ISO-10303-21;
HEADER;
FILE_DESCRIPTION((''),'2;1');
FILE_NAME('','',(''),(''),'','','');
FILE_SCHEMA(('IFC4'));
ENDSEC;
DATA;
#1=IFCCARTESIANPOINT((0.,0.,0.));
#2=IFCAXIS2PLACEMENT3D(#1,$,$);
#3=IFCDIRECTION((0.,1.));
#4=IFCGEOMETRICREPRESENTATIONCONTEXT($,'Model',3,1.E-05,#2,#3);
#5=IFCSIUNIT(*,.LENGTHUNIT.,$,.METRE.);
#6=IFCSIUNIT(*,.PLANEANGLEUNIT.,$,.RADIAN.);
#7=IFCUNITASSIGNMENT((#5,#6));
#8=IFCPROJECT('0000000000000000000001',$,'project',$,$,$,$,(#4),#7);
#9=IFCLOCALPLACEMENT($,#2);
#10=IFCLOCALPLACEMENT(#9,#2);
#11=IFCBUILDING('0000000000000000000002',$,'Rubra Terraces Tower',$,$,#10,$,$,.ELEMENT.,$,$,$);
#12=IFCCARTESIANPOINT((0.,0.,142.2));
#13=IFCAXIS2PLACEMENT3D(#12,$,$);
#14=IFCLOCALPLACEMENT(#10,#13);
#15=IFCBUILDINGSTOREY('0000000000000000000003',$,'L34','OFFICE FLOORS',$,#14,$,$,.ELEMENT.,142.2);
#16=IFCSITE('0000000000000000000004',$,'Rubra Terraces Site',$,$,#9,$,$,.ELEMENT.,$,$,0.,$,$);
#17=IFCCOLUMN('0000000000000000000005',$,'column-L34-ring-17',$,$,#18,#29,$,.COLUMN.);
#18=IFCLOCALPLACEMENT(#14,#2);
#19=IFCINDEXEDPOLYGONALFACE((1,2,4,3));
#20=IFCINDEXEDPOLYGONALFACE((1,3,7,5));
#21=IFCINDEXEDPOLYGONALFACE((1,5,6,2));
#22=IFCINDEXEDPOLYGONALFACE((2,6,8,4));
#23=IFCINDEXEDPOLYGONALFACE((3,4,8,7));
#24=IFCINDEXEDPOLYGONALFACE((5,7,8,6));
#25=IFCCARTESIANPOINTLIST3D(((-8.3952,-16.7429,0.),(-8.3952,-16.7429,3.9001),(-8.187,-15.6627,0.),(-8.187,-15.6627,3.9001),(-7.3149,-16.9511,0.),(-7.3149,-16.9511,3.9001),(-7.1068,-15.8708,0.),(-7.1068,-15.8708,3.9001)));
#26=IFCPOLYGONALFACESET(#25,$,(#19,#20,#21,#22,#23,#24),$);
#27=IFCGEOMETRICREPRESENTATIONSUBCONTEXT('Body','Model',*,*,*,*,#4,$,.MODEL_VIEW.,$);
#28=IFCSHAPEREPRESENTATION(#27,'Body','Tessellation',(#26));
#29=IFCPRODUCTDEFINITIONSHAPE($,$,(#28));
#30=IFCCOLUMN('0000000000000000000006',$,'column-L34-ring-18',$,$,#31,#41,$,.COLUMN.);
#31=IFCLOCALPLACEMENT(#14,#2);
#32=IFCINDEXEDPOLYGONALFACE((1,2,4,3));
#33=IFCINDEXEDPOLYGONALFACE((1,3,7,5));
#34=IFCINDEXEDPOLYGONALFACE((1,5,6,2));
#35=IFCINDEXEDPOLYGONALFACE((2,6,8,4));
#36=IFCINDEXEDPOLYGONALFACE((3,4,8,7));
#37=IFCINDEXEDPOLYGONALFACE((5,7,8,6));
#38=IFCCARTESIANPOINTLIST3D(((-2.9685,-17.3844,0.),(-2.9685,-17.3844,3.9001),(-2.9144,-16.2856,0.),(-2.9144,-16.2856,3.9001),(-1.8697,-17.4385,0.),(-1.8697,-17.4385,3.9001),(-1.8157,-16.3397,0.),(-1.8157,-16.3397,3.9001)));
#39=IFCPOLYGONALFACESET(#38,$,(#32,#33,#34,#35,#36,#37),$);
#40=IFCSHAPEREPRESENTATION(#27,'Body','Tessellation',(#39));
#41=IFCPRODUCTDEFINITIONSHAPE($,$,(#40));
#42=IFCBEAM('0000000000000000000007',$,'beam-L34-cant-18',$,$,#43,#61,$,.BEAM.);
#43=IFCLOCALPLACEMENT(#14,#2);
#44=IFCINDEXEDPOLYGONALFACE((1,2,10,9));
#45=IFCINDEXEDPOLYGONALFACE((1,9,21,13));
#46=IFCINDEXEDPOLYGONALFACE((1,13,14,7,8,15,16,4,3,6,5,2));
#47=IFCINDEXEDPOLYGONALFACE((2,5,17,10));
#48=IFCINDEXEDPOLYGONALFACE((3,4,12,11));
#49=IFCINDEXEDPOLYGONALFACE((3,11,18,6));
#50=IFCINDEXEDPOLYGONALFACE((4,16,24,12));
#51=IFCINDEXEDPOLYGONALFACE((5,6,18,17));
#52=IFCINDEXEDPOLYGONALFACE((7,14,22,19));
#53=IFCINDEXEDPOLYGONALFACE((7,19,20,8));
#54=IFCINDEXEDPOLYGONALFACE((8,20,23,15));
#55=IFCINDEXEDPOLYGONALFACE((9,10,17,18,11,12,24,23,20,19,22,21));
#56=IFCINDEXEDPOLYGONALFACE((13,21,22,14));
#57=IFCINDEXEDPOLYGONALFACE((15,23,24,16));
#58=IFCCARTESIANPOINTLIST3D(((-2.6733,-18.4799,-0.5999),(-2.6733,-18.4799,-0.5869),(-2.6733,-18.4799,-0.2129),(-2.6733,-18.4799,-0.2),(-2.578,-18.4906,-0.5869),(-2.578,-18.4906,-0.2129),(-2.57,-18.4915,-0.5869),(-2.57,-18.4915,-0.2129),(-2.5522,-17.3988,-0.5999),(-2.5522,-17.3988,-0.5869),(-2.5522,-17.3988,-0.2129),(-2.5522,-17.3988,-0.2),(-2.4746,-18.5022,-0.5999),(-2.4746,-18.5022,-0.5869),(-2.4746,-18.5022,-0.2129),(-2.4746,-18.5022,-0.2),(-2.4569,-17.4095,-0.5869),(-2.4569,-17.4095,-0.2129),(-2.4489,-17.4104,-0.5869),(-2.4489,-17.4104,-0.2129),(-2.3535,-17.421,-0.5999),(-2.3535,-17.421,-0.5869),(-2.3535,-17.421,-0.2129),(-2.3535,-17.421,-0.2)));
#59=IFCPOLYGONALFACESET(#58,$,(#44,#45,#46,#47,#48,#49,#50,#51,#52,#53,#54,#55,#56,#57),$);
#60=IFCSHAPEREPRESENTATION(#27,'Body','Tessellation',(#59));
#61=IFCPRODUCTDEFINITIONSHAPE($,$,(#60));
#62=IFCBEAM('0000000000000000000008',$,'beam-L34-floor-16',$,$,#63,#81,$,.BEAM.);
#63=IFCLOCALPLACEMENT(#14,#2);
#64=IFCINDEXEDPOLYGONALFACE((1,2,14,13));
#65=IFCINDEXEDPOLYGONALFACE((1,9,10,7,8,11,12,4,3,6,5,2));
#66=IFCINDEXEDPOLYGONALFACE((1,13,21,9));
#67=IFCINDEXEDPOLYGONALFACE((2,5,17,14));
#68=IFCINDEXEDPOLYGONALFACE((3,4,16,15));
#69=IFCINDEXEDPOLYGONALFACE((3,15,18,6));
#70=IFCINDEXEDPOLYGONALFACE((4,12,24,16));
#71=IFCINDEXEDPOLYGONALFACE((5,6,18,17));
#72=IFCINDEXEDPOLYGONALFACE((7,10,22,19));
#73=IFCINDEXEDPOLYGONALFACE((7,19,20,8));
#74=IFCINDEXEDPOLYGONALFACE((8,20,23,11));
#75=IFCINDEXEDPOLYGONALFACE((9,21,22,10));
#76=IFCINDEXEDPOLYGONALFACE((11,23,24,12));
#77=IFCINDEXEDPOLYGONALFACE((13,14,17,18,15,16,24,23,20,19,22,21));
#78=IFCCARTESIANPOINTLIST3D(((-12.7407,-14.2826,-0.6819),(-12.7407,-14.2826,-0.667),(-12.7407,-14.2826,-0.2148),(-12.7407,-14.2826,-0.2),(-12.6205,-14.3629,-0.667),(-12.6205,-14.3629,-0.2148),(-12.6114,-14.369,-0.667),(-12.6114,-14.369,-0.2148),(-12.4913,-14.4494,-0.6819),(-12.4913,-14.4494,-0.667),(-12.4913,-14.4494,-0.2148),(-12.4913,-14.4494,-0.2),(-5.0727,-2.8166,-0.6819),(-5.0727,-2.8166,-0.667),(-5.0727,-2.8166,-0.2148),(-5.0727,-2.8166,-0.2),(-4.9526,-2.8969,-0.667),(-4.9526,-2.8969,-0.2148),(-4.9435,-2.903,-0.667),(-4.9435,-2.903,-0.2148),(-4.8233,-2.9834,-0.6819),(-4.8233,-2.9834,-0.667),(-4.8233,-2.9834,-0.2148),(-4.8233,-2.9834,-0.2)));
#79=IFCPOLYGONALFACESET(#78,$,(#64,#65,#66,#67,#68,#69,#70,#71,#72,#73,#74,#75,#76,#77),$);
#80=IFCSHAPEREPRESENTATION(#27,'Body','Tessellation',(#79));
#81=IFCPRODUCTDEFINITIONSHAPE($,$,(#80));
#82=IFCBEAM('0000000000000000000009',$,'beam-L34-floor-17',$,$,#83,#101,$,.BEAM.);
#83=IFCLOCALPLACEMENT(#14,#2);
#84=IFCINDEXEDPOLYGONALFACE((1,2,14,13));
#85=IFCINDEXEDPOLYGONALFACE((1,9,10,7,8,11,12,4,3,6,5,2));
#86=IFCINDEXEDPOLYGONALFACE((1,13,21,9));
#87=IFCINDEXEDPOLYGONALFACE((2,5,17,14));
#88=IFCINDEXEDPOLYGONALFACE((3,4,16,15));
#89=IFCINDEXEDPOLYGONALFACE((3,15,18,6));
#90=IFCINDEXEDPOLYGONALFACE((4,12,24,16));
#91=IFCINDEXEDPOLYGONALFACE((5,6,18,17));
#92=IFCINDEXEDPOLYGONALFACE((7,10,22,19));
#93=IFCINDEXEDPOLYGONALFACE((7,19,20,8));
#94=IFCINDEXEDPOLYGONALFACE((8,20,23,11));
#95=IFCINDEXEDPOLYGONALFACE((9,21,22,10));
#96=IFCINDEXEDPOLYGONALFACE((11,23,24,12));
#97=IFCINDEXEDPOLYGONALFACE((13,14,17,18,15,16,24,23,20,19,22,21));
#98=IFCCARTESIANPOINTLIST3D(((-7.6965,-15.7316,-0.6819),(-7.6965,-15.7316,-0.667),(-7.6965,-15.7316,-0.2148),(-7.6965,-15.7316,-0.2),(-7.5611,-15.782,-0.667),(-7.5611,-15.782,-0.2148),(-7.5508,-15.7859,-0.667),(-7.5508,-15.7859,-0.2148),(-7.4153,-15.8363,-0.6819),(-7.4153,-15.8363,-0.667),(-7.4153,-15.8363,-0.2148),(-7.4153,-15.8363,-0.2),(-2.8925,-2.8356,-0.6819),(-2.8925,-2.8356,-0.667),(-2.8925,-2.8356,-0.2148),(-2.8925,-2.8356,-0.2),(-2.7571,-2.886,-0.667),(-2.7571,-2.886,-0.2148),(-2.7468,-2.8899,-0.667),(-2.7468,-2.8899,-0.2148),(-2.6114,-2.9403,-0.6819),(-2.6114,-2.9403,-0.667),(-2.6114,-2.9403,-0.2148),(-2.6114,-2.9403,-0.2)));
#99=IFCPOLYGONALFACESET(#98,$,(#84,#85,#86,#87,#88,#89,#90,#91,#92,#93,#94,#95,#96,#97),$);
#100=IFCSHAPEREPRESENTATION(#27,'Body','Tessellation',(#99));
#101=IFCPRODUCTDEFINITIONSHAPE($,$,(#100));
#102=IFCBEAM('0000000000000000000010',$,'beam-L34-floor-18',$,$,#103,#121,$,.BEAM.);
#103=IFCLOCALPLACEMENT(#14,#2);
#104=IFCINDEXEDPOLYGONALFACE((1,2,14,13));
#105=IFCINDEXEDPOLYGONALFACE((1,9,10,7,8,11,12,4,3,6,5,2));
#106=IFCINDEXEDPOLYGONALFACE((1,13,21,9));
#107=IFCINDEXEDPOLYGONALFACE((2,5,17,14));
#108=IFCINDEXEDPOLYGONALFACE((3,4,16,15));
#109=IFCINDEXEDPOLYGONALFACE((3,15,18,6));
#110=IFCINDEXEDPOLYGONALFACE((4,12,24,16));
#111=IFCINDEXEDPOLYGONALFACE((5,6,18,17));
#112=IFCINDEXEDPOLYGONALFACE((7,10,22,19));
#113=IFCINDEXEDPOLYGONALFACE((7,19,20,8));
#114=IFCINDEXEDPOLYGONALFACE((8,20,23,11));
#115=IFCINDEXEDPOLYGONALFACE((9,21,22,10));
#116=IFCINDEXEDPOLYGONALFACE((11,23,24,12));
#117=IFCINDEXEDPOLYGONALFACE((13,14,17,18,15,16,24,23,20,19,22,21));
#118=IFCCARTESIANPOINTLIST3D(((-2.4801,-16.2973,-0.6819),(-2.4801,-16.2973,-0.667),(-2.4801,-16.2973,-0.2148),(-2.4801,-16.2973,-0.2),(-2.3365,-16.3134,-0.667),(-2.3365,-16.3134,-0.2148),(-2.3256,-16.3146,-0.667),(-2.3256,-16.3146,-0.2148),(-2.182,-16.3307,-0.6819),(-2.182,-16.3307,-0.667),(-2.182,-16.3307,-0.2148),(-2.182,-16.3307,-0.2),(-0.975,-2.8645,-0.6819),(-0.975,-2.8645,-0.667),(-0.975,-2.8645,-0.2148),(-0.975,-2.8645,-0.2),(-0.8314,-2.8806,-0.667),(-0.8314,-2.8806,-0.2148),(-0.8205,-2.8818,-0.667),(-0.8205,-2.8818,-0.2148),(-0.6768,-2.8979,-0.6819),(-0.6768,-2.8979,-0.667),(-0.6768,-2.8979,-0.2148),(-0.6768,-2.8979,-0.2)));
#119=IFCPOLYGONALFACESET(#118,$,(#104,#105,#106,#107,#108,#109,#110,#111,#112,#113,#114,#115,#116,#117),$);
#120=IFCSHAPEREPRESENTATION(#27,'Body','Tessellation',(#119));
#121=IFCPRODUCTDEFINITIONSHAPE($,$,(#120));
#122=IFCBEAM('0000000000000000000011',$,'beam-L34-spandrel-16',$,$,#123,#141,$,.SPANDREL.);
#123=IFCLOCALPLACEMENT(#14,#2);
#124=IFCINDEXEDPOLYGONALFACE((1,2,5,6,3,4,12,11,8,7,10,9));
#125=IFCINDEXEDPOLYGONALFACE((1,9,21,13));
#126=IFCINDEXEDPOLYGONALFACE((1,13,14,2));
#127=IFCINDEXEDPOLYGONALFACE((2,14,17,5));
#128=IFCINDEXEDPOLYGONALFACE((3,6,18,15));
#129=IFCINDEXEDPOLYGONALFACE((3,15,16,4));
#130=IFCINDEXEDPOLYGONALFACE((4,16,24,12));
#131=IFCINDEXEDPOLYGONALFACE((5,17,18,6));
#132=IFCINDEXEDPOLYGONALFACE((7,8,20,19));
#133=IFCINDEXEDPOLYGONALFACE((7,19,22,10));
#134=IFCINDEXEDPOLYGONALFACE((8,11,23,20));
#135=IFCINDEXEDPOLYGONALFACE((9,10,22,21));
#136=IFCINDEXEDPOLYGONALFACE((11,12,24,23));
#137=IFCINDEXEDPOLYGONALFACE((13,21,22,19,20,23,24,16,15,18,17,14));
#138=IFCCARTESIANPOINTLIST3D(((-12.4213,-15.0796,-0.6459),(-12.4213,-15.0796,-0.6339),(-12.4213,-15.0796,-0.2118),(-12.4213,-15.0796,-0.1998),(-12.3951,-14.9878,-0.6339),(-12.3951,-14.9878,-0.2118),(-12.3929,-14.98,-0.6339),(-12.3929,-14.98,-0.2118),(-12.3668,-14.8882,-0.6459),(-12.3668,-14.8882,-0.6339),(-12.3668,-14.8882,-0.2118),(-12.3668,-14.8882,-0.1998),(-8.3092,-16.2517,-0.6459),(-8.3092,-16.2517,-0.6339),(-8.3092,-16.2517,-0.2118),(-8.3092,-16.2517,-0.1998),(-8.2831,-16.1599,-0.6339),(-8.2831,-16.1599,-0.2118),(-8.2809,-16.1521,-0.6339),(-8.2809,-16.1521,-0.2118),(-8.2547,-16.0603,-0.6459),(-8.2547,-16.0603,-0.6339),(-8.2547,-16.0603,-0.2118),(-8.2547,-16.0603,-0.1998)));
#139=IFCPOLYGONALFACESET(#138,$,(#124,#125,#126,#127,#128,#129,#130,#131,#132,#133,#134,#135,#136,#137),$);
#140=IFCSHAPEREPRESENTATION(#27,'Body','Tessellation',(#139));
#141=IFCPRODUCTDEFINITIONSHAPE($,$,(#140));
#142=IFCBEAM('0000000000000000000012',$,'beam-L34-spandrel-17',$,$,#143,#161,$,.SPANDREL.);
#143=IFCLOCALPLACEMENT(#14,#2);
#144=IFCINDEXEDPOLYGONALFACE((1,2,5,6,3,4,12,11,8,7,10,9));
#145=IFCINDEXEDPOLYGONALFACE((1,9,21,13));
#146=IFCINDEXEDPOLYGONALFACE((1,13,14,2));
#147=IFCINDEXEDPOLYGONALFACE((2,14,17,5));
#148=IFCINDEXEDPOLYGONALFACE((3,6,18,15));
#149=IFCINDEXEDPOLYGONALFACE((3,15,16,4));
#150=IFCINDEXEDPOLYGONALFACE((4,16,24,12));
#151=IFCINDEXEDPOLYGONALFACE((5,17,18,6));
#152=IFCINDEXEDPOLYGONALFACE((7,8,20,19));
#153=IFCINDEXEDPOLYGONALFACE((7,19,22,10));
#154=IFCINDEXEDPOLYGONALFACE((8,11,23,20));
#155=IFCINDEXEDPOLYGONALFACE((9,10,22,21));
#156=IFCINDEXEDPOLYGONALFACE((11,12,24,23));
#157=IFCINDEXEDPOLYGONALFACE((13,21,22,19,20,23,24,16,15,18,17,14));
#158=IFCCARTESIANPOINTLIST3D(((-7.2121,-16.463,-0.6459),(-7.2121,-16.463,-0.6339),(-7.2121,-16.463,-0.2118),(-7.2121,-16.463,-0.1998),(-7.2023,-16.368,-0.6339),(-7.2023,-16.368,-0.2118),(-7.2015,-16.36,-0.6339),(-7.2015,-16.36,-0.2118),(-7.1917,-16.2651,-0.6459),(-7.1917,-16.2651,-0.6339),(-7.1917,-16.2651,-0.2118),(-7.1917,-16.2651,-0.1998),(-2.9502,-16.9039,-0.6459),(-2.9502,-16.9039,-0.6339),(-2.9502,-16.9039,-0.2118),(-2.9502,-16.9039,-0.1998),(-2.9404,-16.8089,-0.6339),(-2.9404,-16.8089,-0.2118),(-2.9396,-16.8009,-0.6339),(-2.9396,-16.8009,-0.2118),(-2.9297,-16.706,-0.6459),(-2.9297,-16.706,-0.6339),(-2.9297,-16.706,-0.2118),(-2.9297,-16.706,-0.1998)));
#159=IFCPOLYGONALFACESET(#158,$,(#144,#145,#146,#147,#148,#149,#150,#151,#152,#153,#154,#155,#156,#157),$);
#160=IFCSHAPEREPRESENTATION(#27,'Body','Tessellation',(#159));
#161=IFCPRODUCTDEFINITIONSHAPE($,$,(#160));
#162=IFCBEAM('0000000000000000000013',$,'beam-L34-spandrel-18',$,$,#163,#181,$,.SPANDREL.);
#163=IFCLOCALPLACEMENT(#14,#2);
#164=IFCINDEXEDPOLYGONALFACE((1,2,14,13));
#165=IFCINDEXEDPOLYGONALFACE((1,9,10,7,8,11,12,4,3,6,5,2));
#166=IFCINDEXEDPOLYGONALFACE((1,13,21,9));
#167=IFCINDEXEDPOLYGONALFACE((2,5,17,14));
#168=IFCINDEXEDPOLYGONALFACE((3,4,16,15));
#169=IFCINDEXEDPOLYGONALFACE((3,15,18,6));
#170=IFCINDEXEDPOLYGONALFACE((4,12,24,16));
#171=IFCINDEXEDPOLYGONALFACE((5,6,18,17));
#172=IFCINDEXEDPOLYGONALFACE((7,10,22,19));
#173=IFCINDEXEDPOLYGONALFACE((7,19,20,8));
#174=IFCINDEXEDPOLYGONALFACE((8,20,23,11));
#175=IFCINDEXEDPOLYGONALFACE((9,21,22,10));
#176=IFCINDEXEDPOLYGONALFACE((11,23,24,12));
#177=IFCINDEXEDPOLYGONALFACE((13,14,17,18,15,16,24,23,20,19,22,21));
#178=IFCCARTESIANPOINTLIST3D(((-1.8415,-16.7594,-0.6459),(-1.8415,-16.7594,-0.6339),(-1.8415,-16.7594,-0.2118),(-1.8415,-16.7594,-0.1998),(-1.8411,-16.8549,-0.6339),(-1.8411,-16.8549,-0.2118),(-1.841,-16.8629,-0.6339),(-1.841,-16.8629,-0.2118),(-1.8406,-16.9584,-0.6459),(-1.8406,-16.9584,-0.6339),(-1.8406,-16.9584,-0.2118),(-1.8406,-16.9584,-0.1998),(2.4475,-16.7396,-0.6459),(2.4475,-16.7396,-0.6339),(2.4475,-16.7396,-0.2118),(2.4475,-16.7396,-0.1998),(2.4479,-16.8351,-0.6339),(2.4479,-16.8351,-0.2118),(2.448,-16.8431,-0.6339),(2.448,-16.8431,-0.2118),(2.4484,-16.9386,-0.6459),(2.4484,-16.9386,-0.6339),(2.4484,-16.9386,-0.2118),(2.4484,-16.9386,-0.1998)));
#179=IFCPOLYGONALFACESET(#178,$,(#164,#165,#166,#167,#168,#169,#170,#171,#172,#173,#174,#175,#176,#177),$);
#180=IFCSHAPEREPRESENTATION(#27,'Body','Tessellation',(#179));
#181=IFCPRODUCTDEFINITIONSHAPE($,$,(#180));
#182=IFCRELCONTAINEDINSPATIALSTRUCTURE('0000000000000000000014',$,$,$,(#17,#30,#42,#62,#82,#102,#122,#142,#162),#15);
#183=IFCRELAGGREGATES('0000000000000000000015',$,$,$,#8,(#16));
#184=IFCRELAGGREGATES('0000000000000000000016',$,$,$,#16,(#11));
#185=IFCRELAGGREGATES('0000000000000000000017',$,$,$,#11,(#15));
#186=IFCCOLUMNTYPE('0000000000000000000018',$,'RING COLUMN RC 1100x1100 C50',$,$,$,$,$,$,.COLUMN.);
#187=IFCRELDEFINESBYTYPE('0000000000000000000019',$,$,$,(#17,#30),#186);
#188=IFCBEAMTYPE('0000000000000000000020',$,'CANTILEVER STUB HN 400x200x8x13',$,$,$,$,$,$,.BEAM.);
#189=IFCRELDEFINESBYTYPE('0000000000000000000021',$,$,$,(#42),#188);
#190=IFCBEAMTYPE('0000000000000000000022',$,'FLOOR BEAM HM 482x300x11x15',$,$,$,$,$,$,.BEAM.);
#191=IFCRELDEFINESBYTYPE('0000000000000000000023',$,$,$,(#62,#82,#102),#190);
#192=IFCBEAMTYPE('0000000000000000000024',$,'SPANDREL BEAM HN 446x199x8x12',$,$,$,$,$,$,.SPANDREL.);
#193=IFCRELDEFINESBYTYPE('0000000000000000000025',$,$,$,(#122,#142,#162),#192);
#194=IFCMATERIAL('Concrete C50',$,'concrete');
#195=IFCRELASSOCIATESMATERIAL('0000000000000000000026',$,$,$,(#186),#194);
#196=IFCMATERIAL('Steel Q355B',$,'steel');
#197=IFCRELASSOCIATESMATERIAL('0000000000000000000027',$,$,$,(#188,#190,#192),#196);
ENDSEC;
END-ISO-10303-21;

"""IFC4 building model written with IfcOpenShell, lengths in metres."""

from ifc_helpers import new_model, si_unit, direction, frame, origin, origin_2d, place, context, subcontext, project, spatial, rectangle, i_section, extrude, material, material_profile, profile_set, type_object, element, save


model = new_model("IFC4")

# Units and contexts
model_context = context("Model", 3, precision=1e-05, world=origin(), true_north=direction((0.0, 1.0)))
body_context = subcontext(model_context, "Body", "Model", "MODEL_VIEW")
ifc_project = project(units=[si_unit("LENGTHUNIT", "METRE"), si_unit("PLANEANGLEUNIT", "RADIAN")], contexts=[model_context])

# Site, building, storey
site_placement = place(None, origin())
site = spatial("IfcSite", under=ifc_project, at=site_placement, Name="Rubra Terraces Site", CompositionType="ELEMENT", RefElevation=0.0)
building_placement = place(site_placement, origin())
building = spatial("IfcBuilding", under=site, at=building_placement, Name="Rubra Terraces Tower", CompositionType="ELEMENT")
storey_placement = place(building_placement, frame((0.0, 0.0, 142.2)))
storey = spatial("IfcBuildingStorey", under=building, at=storey_placement, Name="L34", Description="OFFICE FLOORS", CompositionType="ELEMENT", Elevation=142.2)

# Columns
ifc_material_1 = material(Name="Concrete C50", Category="concrete")
ifc_material_profile_1 = material_profile(ifc_material_1, rectangle(XDim=1.1001, YDim=1.1001, at=origin_2d()), Name="RC 1100x1100")
ifc_profile_set_1 = profile_set([ifc_material_profile_1], Name="Concrete C50")
column_type = type_object("IfcColumnType", Name="RING COLUMN RC 1100x1100 C50", PredefinedType="COLUMN", material=ifc_profile_set_1)
for number, where, z_axis, x_axis, name in (
    (1, (-7.751, -16.3069, 0.0), (0.0, 0.0, 1.0), (0.981937, -0.18921, 0.0), "column-L34-ring-17"),
    (2, (-2.3921, -16.8621, 0.0), (0.0, 0.0, 1.0), (0.998791, -0.04915, 0.0), "column-L34-ring-18"),
):
    element("IfcColumn", number, at=place(storey_placement, frame(where, z_axis=z_axis, x_axis=x_axis)), inside=storey, type_object=column_type, Name=name, PredefinedType="COLUMN", context=body_context, shape_type="SweptSolid", body=[
        extrude(rectangle(XDim=1.1001, YDim=1.1001, at=origin_2d()), origin(), (0.0, 0.0, 1.0), 3.9001),
    ])

# Beams
ifc_material_2 = material(Name="Steel Q355B", Category="steel")
ifc_material_profile_2 = material_profile(ifc_material_2, i_section(OverallWidth=0.2, OverallDepth=0.3999, WebThickness=0.0081, FlangeThickness=0.0129, at=origin_2d()), Name="HN 400x200x8x13")
ifc_profile_set_2 = profile_set([ifc_material_profile_2], Name="Steel Q355B")
beam_type_1 = type_object("IfcBeamType", Name="CANTILEVER STUB HN 400x200x8x13", PredefinedType="BEAM", material=ifc_profile_set_2)
beam_1_placement = place(storey_placement, frame((-2.4529, -17.4099, -0.3999), z_axis=(-0.111318, -0.993785, 0.0), x_axis=(0.993785, -0.111318, 0.0)))
element("IfcBeam", 3, at=beam_1_placement, inside=storey, type_object=beam_type_1, Name="beam-L34-cant-18", PredefinedType="BEAM", context=body_context, shape_type="SweptSolid", body=[
    extrude(i_section(OverallWidth=0.2, OverallDepth=0.3999, WebThickness=0.0081, FlangeThickness=0.0129, at=origin_2d()), origin(), (0.0, 0.0, 1.0), 1.0879),
])
ifc_material_profile_3 = material_profile(ifc_material_2, i_section(OverallWidth=0.3, OverallDepth=0.4819, WebThickness=0.011, FlangeThickness=0.0149, at=origin_2d()), Name="HM 482x300x11x15")
ifc_profile_set_3 = profile_set([ifc_material_profile_3], Name="Steel Q355B")
beam_type_2 = type_object("IfcBeamType", Name="FLOOR BEAM HM 482x300x11x15", PredefinedType="BEAM", material=ifc_profile_set_3)
beam_2_placement = place(storey_placement, frame((-12.616, -14.366, -0.4409), z_axis=(0.5559, 0.831249, 0.0), x_axis=(-0.831249, 0.5559, 0.0)))
element("IfcBeam", 4, at=beam_2_placement, inside=storey, type_object=beam_type_2, Name="beam-L34-floor-16", PredefinedType="BEAM", context=body_context, shape_type="SweptSolid", body=[
    extrude(i_section(OverallWidth=0.3, OverallDepth=0.4819, WebThickness=0.011, FlangeThickness=0.0149, at=origin_2d()), origin(), (0.0, 0.0, 1.0), 13.7937),
])
beam_3_placement = place(storey_placement, frame((-7.5559, -15.7839, -0.4409), z_axis=(0.349081, 0.937092, 0.0), x_axis=(-0.937092, 0.349081, 0.0)))
element("IfcBeam", 5, at=beam_3_placement, inside=storey, type_object=beam_type_2, Name="beam-L34-floor-17", PredefinedType="BEAM", context=body_context, shape_type="SweptSolid", body=[
    extrude(i_section(OverallWidth=0.3, OverallDepth=0.4819, WebThickness=0.011, FlangeThickness=0.0149, at=origin_2d()), origin(), (0.0, 0.0, 1.0), 13.7617),
])
beam_4_placement = place(storey_placement, frame((-2.3311, -16.314, -0.4409), z_axis=(0.111351, 0.993781, 0.0), x_axis=(-0.993781, 0.111351, 0.0)))
element("IfcBeam", 6, at=beam_4_placement, inside=storey, type_object=beam_type_2, Name="beam-L34-floor-18", PredefinedType="BEAM", context=body_context, shape_type="SweptSolid", body=[
    extrude(i_section(OverallWidth=0.3, OverallDepth=0.4819, WebThickness=0.011, FlangeThickness=0.0149, at=origin_2d()), origin(), (0.0, 0.0, 1.0), 13.5168),
])
ifc_material_profile_4 = material_profile(ifc_material_2, i_section(OverallWidth=0.199, OverallDepth=0.446, WebThickness=0.0081, FlangeThickness=0.012, at=origin_2d()), Name="HN 446x199x8x12")
ifc_profile_set_4 = profile_set([ifc_material_profile_4], Name="Steel Q355B")
beam_type_3 = type_object("IfcBeamType", Name="SPANDREL BEAM HN 446x199x8x12", PredefinedType="SPANDREL", material=ifc_profile_set_4)
beam_5_placement = place(storey_placement, frame((-12.394, -14.9839, -0.4229), z_axis=(0.961694, -0.274125, 0.0), x_axis=(0.274125, 0.961694, 0.0)))
element("IfcBeam", 7, at=beam_5_placement, inside=storey, type_object=beam_type_3, Name="beam-L34-spandrel-16", PredefinedType="SPANDREL", context=body_context, shape_type="SweptSolid", body=[
    extrude(i_section(OverallWidth=0.199, OverallDepth=0.446, WebThickness=0.0081, FlangeThickness=0.012, at=origin_2d()), origin(), (0.0, 0.0, 1.0), 4.2759),
])
beam_6_placement = place(storey_placement, frame((-7.2019, -16.364, -0.4229), z_axis=(0.994691, -0.102905, 0.0), x_axis=(0.102905, 0.994691, 0.0)))
element("IfcBeam", 8, at=beam_6_placement, inside=storey, type_object=beam_type_3, Name="beam-L34-spandrel-17", PredefinedType="SPANDREL", context=body_context, shape_type="SweptSolid", body=[
    extrude(i_section(OverallWidth=0.199, OverallDepth=0.446, WebThickness=0.0081, FlangeThickness=0.012, at=origin_2d()), origin(), (0.0, 0.0, 1.0), 4.2847),
])
beam_7_placement = place(storey_placement, frame((-1.8411, -16.8589, -0.4229), z_axis=(0.999989, 0.004611, 0.0), x_axis=(-0.004611, 0.999989, 0.0)))
element("IfcBeam", 9, at=beam_7_placement, inside=storey, type_object=beam_type_3, Name="beam-L34-spandrel-18", PredefinedType="SPANDREL", context=body_context, shape_type="SweptSolid", body=[
    extrude(i_section(OverallWidth=0.199, OverallDepth=0.446, WebThickness=0.0081, FlangeThickness=0.012, at=origin_2d()), origin(), (0.0, 0.0, 1.0), 4.2891),
])

save(model, "model.ifc")
